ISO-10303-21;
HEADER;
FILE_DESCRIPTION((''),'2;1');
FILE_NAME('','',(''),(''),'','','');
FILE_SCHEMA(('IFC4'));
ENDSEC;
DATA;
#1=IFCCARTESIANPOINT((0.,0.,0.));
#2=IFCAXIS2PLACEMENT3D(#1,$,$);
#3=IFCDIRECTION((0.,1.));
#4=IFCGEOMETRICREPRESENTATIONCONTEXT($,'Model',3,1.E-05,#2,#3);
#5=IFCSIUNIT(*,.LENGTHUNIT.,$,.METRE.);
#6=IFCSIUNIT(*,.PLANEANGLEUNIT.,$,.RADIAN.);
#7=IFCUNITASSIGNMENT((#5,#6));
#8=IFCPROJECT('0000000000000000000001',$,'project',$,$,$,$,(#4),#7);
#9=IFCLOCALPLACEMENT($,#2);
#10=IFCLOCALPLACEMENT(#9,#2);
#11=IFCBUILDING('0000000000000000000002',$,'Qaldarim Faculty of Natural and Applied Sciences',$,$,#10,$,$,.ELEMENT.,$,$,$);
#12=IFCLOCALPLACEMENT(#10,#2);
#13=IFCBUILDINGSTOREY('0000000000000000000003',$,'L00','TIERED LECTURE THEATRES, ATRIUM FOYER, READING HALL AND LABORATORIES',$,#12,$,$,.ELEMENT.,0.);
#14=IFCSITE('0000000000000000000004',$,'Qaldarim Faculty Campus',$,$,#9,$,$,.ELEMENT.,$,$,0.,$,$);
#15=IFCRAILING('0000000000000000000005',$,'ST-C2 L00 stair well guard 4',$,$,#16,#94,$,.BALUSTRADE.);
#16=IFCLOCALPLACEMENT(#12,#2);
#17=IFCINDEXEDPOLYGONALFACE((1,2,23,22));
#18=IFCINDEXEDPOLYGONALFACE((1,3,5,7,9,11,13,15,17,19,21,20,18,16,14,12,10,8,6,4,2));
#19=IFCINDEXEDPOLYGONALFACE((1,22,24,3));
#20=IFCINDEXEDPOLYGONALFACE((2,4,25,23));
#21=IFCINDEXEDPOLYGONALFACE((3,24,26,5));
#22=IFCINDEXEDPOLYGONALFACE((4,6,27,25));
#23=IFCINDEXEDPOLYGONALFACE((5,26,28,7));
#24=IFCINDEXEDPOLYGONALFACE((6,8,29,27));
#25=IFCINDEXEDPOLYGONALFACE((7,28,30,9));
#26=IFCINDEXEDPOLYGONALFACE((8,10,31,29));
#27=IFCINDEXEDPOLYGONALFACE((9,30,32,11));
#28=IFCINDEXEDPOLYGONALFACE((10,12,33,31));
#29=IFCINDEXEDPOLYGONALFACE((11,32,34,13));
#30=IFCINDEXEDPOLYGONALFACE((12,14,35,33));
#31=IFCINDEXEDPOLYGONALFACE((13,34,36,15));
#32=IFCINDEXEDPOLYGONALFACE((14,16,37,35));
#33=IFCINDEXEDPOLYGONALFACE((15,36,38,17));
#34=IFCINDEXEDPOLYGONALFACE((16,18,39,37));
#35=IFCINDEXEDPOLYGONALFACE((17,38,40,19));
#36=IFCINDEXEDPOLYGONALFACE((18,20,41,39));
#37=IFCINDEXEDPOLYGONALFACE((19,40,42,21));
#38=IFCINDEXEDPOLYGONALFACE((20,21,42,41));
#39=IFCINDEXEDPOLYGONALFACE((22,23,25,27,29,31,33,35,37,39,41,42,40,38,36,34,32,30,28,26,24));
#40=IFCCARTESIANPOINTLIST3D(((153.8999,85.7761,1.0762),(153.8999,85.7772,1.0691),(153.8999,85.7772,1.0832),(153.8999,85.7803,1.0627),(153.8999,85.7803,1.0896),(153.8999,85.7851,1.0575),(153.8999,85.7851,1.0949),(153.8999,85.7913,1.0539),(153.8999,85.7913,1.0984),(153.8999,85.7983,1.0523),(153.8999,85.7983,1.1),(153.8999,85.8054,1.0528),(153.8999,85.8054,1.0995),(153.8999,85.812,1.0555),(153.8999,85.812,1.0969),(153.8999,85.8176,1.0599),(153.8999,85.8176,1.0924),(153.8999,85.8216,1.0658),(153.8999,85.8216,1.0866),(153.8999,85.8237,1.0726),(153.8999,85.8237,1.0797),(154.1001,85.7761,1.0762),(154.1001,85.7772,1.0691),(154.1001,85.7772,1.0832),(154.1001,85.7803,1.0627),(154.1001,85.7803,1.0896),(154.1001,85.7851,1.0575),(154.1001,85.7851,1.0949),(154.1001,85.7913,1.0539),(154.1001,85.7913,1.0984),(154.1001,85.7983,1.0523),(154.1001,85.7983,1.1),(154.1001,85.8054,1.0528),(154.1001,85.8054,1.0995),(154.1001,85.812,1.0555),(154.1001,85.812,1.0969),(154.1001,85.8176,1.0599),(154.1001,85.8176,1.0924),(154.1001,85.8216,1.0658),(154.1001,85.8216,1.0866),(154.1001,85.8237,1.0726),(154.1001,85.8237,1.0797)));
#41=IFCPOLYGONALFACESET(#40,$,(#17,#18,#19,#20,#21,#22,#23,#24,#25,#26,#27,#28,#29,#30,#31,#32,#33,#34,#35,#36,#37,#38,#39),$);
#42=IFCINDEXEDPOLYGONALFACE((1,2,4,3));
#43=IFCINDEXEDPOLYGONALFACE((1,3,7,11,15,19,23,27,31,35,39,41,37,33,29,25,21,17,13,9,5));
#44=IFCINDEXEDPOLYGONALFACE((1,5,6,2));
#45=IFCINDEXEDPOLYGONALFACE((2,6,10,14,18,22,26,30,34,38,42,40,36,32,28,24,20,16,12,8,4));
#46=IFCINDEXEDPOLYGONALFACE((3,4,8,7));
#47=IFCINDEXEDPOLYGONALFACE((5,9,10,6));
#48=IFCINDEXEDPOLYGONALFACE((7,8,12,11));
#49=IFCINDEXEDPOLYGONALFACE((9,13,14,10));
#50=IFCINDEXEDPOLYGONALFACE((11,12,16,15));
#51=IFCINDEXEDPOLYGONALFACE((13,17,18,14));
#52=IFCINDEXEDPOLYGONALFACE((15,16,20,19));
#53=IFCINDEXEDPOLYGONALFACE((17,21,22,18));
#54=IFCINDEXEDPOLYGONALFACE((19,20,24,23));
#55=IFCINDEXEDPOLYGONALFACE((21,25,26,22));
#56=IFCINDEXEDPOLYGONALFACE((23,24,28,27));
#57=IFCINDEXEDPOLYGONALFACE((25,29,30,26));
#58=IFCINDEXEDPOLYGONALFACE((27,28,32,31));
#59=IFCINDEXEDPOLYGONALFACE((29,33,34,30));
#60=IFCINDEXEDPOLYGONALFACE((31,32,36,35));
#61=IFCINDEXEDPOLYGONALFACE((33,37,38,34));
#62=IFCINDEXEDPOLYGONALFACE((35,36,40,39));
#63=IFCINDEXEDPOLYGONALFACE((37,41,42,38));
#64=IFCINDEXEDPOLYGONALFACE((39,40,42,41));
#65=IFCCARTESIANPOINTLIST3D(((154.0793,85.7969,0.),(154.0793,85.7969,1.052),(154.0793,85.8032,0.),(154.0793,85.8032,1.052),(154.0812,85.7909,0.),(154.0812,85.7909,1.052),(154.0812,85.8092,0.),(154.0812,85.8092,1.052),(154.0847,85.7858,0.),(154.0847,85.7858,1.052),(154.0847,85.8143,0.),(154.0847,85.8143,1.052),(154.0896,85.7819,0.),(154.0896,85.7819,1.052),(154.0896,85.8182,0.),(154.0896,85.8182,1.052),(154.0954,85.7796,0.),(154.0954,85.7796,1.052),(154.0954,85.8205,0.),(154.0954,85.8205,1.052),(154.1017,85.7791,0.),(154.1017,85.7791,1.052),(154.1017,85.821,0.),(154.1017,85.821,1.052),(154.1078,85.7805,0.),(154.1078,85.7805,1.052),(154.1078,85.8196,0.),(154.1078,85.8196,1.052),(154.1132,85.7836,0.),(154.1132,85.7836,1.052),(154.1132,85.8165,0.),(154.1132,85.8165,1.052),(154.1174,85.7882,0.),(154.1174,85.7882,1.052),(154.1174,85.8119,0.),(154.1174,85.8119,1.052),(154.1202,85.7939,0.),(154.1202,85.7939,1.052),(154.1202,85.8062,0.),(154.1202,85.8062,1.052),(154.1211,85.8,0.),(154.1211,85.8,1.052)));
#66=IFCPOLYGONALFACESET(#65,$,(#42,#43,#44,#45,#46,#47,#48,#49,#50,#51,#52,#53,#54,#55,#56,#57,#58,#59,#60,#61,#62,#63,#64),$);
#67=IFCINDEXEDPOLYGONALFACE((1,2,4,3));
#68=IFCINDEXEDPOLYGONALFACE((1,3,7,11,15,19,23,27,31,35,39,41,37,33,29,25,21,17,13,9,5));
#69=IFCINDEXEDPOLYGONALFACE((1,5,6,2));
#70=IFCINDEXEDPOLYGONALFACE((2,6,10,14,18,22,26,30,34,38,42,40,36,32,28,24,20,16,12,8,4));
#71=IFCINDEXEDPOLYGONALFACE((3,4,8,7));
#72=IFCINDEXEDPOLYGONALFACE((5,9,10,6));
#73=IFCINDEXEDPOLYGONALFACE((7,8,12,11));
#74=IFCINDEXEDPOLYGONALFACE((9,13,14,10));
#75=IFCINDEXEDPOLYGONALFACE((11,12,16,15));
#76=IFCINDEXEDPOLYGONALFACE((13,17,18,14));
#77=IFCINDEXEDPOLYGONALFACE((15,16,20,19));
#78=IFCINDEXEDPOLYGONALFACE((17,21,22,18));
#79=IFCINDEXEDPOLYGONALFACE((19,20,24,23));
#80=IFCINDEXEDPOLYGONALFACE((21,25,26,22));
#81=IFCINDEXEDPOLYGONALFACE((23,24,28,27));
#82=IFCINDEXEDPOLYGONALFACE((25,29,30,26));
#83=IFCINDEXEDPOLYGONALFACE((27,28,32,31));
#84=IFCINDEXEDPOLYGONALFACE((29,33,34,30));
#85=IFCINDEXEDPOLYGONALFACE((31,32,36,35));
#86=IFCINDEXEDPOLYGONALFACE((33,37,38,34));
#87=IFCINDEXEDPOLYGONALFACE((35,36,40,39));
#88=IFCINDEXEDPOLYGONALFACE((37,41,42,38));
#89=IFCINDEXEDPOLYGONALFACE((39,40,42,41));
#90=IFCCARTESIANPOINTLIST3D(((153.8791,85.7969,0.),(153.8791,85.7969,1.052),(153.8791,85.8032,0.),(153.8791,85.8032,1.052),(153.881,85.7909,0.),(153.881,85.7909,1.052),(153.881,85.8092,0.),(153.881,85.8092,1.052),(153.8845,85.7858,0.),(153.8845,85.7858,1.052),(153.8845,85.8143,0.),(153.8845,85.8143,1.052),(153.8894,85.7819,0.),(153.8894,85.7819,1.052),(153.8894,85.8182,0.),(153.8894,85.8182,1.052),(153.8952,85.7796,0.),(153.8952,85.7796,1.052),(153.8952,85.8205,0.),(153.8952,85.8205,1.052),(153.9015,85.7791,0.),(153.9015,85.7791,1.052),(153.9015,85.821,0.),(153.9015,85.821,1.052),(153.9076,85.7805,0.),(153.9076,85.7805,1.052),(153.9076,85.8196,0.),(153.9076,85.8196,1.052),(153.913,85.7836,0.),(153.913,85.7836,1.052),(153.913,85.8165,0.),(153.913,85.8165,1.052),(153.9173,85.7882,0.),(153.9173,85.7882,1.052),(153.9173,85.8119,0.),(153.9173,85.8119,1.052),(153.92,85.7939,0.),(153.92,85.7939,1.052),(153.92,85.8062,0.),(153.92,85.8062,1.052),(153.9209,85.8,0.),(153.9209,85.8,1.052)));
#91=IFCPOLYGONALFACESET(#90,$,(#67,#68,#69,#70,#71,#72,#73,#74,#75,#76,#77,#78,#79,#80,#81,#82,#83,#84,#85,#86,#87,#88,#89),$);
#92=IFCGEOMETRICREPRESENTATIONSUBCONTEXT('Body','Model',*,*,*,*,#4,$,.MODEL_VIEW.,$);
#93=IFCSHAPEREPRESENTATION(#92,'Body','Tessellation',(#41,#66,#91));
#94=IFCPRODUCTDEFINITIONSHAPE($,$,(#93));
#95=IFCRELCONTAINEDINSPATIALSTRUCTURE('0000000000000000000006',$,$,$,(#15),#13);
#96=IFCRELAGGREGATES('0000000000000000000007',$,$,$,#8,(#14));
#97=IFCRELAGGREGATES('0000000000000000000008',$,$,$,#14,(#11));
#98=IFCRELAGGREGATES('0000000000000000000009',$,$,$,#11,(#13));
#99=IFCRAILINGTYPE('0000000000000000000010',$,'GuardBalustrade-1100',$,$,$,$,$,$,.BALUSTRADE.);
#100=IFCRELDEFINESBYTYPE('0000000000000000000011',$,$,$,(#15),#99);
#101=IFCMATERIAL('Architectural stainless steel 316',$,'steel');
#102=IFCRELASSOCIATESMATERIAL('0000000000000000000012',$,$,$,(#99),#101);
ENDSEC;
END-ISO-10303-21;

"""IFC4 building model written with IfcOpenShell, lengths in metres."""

from ifc_helpers import new_model, si_unit, direction, frame, origin, origin_2d, place, context, subcontext, project, spatial, circle, extrude, material, type_object, element, save


model = new_model("IFC4")

# Units and contexts
model_context = context("Model", 3, precision=1e-05, world=origin(), true_north=direction((0.0, 1.0)))
body_context = subcontext(model_context, "Body", "Model", "MODEL_VIEW")
ifc_project = project(units=[si_unit("LENGTHUNIT", "METRE"), si_unit("PLANEANGLEUNIT", "RADIAN")], contexts=[model_context])

# Site, building, storey
site_placement = place(None, origin())
site = spatial("IfcSite", under=ifc_project, at=site_placement, Name="Qaldarim Faculty Campus", CompositionType="ELEMENT", RefElevation=0.0)
building_placement = place(site_placement, origin())
building = spatial("IfcBuilding", under=site, at=building_placement, Name="Qaldarim Faculty of Natural and Applied Sciences", CompositionType="ELEMENT")
storey_placement = place(building_placement, origin())
storey = spatial("IfcBuildingStorey", under=building, at=storey_placement, Name="L00", Description="TIERED LECTURE THEATRES, ATRIUM FOYER, READING HALL AND LABORATORIES", CompositionType="ELEMENT", Elevation=0.0)

# Railing
ifc_material_1 = material(Name="Architectural stainless steel 316", Category="steel")
railing_type_1 = type_object("IfcRailingType", Name="GuardBalustrade-1100", PredefinedType="BALUSTRADE", material=ifc_material_1)
railing_1_placement = place(storey_placement, frame((154.1001, 85.8, 0.0)))
element("IfcRailing", 1, at=railing_1_placement, inside=storey, type_object=railing_type_1, Name="ST-C2 L00 stair well guard 4", PredefinedType="BALUSTRADE", context=body_context, shape_type="SweptSolid", body=[
    extrude(circle(Radius=0.0239, at=origin_2d()), frame((0.0, 0.0, 1.0762), z_axis=(-1.0, 0.0, 0.0), x_axis=(0.0, -1.0, 0.0)), (0.0, 0.0, 1.0), 0.2002),
    extrude(circle(Radius=0.021, at=origin_2d()), origin(), (0.0, 0.0, 1.0), 1.052),
    extrude(circle(Radius=0.021, at=origin_2d()), frame((-0.2002, 0.0, 0.0)), (0.0, 0.0, 1.0), 1.052),
])

save(model, "model.ifc")
